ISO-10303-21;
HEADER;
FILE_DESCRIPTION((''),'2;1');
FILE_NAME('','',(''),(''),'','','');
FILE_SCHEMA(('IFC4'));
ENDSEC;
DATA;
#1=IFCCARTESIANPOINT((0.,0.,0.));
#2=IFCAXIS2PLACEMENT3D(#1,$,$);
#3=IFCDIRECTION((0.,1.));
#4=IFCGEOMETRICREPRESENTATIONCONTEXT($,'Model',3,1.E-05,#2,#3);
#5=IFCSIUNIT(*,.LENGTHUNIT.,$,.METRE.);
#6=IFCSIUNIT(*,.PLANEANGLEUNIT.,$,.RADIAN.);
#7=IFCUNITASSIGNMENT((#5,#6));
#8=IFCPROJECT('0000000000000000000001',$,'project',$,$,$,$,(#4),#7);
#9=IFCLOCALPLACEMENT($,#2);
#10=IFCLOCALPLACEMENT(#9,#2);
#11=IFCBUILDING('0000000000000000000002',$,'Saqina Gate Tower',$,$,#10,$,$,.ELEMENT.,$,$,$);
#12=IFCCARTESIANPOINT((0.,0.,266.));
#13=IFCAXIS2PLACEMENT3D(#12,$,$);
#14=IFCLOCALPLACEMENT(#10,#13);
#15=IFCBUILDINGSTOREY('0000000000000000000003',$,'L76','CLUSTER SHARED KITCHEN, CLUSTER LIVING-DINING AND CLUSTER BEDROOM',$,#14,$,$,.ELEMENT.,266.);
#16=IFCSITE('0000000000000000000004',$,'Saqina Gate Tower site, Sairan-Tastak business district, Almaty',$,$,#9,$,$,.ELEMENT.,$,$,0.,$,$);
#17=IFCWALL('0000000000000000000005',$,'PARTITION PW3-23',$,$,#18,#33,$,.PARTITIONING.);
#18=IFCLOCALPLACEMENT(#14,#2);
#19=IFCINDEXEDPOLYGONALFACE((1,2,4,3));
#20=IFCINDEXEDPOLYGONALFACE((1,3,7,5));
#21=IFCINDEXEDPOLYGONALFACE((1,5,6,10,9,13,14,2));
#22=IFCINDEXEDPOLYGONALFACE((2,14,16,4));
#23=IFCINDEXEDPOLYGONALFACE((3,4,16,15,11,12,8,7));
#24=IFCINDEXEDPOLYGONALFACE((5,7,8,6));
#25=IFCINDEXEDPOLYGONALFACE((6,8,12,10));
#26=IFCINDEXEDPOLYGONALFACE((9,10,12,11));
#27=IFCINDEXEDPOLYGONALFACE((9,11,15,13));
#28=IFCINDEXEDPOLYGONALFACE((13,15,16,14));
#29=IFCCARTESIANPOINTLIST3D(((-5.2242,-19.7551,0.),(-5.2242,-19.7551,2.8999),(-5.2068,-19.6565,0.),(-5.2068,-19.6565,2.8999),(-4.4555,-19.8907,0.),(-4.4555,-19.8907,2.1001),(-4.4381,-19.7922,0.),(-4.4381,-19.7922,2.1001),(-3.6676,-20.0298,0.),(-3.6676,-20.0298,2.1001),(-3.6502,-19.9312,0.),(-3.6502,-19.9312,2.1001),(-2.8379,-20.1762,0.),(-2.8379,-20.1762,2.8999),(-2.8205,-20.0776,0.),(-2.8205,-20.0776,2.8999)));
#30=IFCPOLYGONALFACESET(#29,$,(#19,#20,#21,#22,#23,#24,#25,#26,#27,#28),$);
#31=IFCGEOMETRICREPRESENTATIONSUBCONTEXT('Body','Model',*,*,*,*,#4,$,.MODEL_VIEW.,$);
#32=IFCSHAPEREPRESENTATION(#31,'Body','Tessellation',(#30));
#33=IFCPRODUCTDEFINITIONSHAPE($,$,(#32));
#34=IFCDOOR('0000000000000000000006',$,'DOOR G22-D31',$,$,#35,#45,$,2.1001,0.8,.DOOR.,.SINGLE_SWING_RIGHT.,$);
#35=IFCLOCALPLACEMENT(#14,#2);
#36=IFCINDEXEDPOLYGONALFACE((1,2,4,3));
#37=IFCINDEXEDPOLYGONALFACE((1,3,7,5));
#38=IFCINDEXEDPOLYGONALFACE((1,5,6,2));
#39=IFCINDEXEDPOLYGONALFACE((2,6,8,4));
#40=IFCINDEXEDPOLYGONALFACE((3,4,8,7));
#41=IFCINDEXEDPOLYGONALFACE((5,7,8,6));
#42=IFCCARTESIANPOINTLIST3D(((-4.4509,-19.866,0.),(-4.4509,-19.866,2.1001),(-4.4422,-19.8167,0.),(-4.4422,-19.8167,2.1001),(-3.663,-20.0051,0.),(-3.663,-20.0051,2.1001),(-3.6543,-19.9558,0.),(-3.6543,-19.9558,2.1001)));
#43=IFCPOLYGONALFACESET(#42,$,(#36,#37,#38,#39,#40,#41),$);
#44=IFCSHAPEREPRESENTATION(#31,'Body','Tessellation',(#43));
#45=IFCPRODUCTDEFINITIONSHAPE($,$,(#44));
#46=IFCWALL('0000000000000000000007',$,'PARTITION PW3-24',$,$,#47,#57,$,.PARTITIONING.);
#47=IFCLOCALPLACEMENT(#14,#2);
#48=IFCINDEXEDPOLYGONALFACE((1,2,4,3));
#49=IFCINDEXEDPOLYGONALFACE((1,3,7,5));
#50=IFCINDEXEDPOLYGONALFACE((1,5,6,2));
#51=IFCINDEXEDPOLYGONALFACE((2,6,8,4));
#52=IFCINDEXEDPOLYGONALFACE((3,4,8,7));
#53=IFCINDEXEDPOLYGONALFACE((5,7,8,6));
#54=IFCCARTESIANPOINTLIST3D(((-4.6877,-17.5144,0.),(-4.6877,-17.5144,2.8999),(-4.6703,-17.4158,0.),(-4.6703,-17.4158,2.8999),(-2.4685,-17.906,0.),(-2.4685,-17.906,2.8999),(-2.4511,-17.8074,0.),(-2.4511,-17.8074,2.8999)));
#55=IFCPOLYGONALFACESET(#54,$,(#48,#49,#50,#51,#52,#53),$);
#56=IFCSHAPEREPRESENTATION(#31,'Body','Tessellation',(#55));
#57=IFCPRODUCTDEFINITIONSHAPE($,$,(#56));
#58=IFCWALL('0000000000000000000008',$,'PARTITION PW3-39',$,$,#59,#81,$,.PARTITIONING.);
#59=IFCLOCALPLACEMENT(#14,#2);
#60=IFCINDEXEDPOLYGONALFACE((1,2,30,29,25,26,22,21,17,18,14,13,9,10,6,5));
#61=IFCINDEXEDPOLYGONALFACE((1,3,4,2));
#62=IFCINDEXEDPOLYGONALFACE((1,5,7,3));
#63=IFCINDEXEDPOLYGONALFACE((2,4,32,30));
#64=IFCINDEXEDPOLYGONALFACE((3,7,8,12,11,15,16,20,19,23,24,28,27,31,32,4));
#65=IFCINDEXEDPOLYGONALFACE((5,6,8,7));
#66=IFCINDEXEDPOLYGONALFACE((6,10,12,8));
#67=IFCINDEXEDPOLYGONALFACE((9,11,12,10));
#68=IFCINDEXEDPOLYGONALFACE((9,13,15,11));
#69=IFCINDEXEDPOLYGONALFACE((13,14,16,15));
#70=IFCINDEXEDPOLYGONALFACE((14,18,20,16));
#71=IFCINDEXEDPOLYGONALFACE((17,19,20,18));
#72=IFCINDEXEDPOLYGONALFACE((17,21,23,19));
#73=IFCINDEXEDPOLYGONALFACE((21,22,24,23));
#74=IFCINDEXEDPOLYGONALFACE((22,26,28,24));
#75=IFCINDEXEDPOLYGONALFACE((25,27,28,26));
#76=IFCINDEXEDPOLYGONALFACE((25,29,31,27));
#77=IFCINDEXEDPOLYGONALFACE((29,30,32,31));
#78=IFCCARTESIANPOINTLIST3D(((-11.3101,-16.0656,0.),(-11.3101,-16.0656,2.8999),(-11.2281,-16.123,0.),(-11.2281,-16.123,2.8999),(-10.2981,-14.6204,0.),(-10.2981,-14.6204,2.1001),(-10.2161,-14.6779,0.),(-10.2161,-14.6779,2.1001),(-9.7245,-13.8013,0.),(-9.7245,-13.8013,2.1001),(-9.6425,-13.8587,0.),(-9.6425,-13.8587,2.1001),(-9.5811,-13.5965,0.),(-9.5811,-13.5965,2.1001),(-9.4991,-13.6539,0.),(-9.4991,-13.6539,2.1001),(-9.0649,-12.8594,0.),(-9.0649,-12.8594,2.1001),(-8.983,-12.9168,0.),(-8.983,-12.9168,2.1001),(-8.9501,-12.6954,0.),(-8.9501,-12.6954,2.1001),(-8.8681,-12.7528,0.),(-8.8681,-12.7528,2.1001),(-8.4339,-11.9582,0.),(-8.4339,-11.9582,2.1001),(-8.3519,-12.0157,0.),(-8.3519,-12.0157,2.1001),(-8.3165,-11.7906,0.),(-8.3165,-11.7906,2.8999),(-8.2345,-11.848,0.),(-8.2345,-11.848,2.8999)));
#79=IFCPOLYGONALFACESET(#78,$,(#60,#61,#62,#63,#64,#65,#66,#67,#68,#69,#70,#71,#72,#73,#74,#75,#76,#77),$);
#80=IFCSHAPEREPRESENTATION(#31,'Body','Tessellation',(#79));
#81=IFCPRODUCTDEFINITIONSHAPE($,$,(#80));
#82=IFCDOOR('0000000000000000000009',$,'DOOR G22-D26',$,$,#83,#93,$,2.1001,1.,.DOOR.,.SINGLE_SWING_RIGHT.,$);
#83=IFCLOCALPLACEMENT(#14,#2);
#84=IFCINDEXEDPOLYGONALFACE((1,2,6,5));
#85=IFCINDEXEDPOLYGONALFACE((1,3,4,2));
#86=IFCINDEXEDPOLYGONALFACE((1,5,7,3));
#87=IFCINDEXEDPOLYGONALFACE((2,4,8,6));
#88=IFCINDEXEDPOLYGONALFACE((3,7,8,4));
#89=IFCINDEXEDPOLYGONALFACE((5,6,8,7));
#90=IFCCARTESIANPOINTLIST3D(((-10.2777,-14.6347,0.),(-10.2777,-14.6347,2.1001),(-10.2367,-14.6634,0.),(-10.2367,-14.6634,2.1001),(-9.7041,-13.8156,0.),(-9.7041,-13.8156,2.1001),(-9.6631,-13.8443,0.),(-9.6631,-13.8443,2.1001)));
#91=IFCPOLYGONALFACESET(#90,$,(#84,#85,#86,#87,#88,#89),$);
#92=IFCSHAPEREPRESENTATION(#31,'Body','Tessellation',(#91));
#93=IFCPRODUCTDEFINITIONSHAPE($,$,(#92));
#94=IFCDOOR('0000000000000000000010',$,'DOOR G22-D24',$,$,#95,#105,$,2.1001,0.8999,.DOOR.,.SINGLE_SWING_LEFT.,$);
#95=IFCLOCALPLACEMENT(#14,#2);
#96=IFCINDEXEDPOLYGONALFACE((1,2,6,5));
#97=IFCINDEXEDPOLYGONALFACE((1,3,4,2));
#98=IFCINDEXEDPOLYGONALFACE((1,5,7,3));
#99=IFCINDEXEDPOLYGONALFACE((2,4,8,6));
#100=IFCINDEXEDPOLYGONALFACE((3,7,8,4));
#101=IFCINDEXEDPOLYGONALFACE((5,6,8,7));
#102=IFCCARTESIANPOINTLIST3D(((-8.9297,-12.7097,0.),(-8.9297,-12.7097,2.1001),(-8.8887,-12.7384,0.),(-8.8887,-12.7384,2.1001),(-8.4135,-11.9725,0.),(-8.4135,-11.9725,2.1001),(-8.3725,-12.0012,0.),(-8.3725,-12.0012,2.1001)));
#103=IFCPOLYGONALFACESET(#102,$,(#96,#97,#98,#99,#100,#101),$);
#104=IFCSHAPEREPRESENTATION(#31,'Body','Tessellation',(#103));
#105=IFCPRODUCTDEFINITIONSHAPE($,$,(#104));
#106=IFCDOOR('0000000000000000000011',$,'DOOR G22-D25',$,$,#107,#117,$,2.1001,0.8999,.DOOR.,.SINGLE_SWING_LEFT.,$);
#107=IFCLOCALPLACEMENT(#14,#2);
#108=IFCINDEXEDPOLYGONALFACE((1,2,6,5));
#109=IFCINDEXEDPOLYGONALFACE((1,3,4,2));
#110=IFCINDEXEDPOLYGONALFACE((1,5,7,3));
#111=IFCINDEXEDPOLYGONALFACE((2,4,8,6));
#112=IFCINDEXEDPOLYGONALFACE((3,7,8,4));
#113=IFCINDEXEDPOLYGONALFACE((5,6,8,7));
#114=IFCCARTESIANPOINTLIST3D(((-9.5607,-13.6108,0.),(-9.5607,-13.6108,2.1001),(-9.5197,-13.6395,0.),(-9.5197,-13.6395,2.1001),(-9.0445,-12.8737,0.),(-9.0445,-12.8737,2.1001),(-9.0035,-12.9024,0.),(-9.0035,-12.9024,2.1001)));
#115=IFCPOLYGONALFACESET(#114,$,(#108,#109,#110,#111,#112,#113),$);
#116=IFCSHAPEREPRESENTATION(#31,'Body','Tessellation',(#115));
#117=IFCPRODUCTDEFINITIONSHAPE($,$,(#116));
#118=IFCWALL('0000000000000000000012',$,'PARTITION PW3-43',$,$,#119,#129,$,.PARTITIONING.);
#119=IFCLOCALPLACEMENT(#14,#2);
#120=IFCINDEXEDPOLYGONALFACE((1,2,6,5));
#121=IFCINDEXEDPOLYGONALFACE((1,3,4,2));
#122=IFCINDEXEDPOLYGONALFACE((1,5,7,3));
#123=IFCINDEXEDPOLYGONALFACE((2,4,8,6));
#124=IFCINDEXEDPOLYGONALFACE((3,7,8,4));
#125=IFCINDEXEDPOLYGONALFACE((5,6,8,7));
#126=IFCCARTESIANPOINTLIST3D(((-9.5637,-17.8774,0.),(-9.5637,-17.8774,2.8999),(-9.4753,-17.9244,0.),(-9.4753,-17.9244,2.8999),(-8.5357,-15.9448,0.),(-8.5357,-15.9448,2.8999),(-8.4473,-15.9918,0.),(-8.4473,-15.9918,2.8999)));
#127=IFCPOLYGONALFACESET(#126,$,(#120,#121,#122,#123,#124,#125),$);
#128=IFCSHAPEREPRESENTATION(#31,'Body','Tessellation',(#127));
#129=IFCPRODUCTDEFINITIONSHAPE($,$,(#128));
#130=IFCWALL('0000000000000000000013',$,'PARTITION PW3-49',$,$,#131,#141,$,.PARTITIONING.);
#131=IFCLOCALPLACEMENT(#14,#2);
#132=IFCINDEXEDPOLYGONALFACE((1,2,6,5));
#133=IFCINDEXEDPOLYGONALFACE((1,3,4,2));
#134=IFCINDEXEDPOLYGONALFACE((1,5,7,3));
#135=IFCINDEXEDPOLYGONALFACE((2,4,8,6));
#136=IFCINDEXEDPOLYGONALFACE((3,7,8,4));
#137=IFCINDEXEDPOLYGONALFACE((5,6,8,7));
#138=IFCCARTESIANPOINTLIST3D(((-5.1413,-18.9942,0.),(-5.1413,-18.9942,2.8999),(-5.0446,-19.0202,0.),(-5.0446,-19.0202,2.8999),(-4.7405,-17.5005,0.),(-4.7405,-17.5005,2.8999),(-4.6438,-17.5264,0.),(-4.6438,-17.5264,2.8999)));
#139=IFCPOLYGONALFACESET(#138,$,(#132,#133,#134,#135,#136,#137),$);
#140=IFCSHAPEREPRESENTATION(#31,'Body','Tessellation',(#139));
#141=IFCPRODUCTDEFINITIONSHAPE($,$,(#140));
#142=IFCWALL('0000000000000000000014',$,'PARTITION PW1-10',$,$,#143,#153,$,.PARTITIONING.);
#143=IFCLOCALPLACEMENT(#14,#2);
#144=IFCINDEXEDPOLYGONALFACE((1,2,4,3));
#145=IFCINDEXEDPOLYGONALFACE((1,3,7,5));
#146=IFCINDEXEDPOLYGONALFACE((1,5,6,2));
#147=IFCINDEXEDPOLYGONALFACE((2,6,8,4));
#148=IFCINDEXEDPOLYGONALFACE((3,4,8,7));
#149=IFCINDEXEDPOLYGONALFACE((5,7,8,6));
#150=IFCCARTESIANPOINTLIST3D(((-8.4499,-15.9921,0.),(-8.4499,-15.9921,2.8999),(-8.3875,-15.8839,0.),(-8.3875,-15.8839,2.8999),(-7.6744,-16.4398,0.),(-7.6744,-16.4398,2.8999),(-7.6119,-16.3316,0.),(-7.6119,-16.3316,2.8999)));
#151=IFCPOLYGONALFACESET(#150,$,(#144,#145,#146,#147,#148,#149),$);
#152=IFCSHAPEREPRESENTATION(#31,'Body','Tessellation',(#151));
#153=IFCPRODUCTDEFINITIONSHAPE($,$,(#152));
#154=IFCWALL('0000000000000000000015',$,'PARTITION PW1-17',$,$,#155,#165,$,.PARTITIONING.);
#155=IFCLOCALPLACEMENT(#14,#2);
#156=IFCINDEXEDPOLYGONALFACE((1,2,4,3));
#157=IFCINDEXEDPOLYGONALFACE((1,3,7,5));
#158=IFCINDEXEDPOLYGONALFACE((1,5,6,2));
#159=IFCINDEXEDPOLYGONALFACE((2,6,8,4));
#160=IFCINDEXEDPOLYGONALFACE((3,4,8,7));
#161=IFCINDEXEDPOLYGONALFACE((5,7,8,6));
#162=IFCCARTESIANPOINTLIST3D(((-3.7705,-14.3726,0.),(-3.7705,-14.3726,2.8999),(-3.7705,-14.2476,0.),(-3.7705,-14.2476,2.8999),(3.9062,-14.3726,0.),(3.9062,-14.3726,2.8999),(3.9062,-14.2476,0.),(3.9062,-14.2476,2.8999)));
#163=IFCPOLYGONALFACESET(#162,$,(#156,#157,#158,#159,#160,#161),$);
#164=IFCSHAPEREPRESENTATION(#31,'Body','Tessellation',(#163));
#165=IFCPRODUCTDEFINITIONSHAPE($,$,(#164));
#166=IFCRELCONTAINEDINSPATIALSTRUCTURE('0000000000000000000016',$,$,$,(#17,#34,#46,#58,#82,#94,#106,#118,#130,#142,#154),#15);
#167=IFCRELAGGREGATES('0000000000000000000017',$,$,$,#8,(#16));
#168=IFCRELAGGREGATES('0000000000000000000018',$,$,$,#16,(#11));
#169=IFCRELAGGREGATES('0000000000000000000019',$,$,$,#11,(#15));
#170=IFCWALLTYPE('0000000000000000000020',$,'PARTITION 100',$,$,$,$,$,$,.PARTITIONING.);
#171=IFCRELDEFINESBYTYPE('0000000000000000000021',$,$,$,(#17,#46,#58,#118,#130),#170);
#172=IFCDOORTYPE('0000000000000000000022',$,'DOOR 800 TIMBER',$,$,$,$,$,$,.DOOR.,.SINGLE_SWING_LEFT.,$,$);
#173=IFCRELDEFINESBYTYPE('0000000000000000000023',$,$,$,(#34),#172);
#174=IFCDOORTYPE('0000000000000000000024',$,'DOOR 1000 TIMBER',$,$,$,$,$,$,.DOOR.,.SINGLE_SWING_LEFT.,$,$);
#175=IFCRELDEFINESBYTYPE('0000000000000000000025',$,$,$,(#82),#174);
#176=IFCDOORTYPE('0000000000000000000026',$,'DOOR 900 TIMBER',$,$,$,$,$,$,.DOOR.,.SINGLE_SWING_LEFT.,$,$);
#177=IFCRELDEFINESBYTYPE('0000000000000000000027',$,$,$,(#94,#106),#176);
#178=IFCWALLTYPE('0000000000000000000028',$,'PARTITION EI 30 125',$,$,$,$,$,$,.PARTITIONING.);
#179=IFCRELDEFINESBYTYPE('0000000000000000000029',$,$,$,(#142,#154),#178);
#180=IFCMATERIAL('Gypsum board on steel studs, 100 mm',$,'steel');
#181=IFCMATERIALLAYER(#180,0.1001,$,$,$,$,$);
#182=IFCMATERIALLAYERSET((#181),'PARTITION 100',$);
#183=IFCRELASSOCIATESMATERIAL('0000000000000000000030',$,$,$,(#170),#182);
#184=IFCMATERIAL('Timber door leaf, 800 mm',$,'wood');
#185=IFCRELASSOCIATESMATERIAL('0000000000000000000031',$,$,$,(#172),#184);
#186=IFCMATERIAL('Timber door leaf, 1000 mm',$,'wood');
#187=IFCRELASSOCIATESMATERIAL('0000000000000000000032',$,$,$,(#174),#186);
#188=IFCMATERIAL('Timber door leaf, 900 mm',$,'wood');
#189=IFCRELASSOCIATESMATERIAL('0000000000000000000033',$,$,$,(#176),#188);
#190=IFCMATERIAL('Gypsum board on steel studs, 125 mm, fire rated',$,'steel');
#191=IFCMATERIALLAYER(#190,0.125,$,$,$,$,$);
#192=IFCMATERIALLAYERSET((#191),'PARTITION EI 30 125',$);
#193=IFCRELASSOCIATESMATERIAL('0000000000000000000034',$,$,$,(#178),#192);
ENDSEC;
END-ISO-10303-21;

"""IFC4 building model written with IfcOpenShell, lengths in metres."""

from ifc_helpers import new_model, si_unit, direction, frame, frame_2d, origin, place, context, subcontext, project, spatial, rectangle, extrude, material, layer, layer_set, type_object, element, fill, save


model = new_model("IFC4")

# Units and contexts
model_context = context("Model", 3, precision=1e-05, world=origin(), true_north=direction((0.0, 1.0)))
body_context = subcontext(model_context, "Body", "Model", "MODEL_VIEW")
ifc_project = project(units=[si_unit("LENGTHUNIT", "METRE"), si_unit("PLANEANGLEUNIT", "RADIAN")], contexts=[model_context])

# Site, building, storey
site_placement = place(None, origin())
site = spatial("IfcSite", under=ifc_project, at=site_placement, Name="Saqina Gate Tower site, Sairan-Tastak business district, Almaty", CompositionType="ELEMENT", RefElevation=0.0)
building_placement = place(site_placement, origin())
building = spatial("IfcBuilding", under=site, at=building_placement, Name="Saqina Gate Tower", CompositionType="ELEMENT")
storey_placement = place(building_placement, frame((0.0, 0.0, 266.0)))
storey = spatial("IfcBuildingStorey", under=building, at=storey_placement, Name="L76", Description="CLUSTER SHARED KITCHEN, CLUSTER LIVING-DINING AND CLUSTER BEDROOM", CompositionType="ELEMENT", Elevation=266.0)

# Shared definitions
ifc_material_1 = material(Name="Gypsum board on steel studs, 100 mm", Category="steel")
ifc_layer_1 = layer(ifc_material_1, 0.1001)
ifc_layer_set_1 = layer_set([ifc_layer_1], Name="PARTITION 100")
wall_type_1 = type_object("IfcWallType", Name="PARTITION 100", PredefinedType="PARTITIONING", material=ifc_layer_set_1)

# Wall, opening, door
wall_1_placement = place(storey_placement, frame((-5.2153, -19.7058, 0.0), z_axis=(0.0, 0.0, 1.0), x_axis=(0.984781, -0.173803, 0.0)))
wall_1 = element("IfcWall", 1, at=wall_1_placement, inside=storey, type_object=wall_type_1, Name="PARTITION PW3-23", PredefinedType="PARTITIONING", context=body_context, shape_type="SweptSolid", body=[
    extrude(rectangle(XDim=2.4231, YDim=0.1001, at=frame_2d((1.2114, 0.0))), origin(), (0.0, 0.0, 1.0), 2.8999),
])
opening_1_placement = place(wall_1_placement, frame((0.7805, 0.0, 0.0)))
opening_1 = element("IfcOpeningElement", 2, at=opening_1_placement, cuts=wall_1, PredefinedType="OPENING", context=body_context, shape_type="SweptSolid", body=[
    extrude(rectangle(XDim=0.8, YDim=2.1001, at=frame_2d((0.3999, 1.05))), frame((0.0, 0.062, 0.0), z_axis=(0.0, -1.0, 0.0), x_axis=(1.0, 0.0, 0.0)), (0.0, 0.0, 1.0), 0.124),
])
ifc_material_2 = material(Name="Timber door leaf, 800 mm", Category="wood")
door_type_1 = type_object("IfcDoorType", Name="DOOR 800 TIMBER", OperationType="SINGLE_SWING_LEFT", PredefinedType="DOOR", material=ifc_material_2)
door_1_placement = place(opening_1_placement, frame((0.8, 0.0, 0.0), z_axis=(0.0, 0.0, 1.0), x_axis=(-1.0, 0.0, 0.0)))
door_1 = element("IfcDoor", 3, at=door_1_placement, inside=storey, type_object=door_type_1, Name="DOOR G22-D31", OperationType="SINGLE_SWING_RIGHT", OverallHeight=2.1001, OverallWidth=0.8, PredefinedType="DOOR", context=body_context, shape_type="SweptSolid", body=[
    extrude(rectangle(XDim=0.8, YDim=2.1001, at=frame_2d((0.3999, 1.05))), frame((0.0, 0.0249, 0.0), z_axis=(0.0, -1.0, 0.0), x_axis=(1.0, 0.0, 0.0)), (0.0, 0.0, 1.0), 0.05),
])
fill(opening_1, door_1)

# Wall
wall_2_placement = place(storey_placement, frame((-4.679, -17.4651, 0.0), z_axis=(0.0, 0.0, 1.0), x_axis=(0.984786, -0.173773, 0.0)))
element("IfcWall", 4, at=wall_2_placement, inside=storey, type_object=wall_type_1, Name="PARTITION PW3-24", PredefinedType="PARTITIONING", context=body_context, shape_type="SweptSolid", body=[
    extrude(rectangle(XDim=2.2534, YDim=0.1001, at=frame_2d((1.1267, 0.0))), origin(), (0.0, 0.0, 1.0), 2.8999),
])

# Wall, openings, doors
wall_3_placement = place(storey_placement, frame((-11.269, -16.0942, 0.0), z_axis=(0.0, 0.0, 1.0), x_axis=(0.573597, 0.819137, 0.0)))
wall_3 = element("IfcWall", 5, at=wall_3_placement, inside=storey, type_object=wall_type_1, Name="PARTITION PW3-39", PredefinedType="PARTITIONING", context=body_context, shape_type="SweptSolid", body=[
    extrude(rectangle(XDim=5.219, YDim=0.1001, at=frame_2d((2.6094, 0.0))), origin(), (0.0, 0.0, 1.0), 2.8999),
])
opening_2_placement = place(wall_3_placement, frame((4.1143, 0.0, 0.0)))
opening_2 = element("IfcOpeningElement", 6, at=opening_2_placement, cuts=wall_3, PredefinedType="OPENING", context=body_context, shape_type="SweptSolid", body=[
    extrude(rectangle(XDim=0.8999, YDim=2.1001, at=frame_2d((0.45, 1.05))), frame((0.0, 0.062, 0.0), z_axis=(0.0, -1.0, 0.0), x_axis=(1.0, 0.0, 0.0)), (0.0, 0.0, 1.0), 0.124),
])
opening_3_placement = place(wall_3_placement, frame((3.0142, 0.0, 0.0)))
opening_3 = element("IfcOpeningElement", 7, at=opening_3_placement, cuts=wall_3, PredefinedType="OPENING", context=body_context, shape_type="SweptSolid", body=[
    extrude(rectangle(XDim=0.8999, YDim=2.1001, at=frame_2d((0.45, 1.05))), frame((0.0, 0.062, 0.0), z_axis=(0.0, -1.0, 0.0), x_axis=(1.0, 0.0, 0.0)), (0.0, 0.0, 1.0), 0.124),
])
opening_4_placement = place(wall_3_placement, frame((1.7642, 0.0, 0.0)))
opening_4 = element("IfcOpeningElement", 8, at=opening_4_placement, cuts=wall_3, PredefinedType="OPENING", context=body_context, shape_type="SweptSolid", body=[
    extrude(rectangle(XDim=1.0, YDim=2.1001, at=frame_2d((0.5, 1.05))), frame((0.0, 0.062, 0.0), z_axis=(0.0, -1.0, 0.0), x_axis=(1.0, 0.0, 0.0)), (0.0, 0.0, 1.0), 0.124),
])
ifc_material_3 = material(Name="Timber door leaf, 1000 mm", Category="wood")
door_type_2 = type_object("IfcDoorType", Name="DOOR 1000 TIMBER", OperationType="SINGLE_SWING_LEFT", PredefinedType="DOOR", material=ifc_material_3)
door_2_placement = place(opening_4_placement, frame((1.0, 0.0, 0.0), z_axis=(0.0, 0.0, 1.0), x_axis=(-1.0, 0.0, 0.0)))
door_2 = element("IfcDoor", 9, at=door_2_placement, inside=storey, type_object=door_type_2, Name="DOOR G22-D26", OperationType="SINGLE_SWING_RIGHT", OverallHeight=2.1001, OverallWidth=1.0, PredefinedType="DOOR", context=body_context, shape_type="SweptSolid", body=[
    extrude(rectangle(XDim=1.0, YDim=2.1001, at=frame_2d((0.5, 1.05))), frame((0.0, 0.0249, 0.0), z_axis=(0.0, -1.0, 0.0), x_axis=(1.0, 0.0, 0.0)), (0.0, 0.0, 1.0), 0.05),
])
fill(opening_4, door_2)
ifc_material_4 = material(Name="Timber door leaf, 900 mm", Category="wood")
door_type_3 = type_object("IfcDoorType", Name="DOOR 900 TIMBER", OperationType="SINGLE_SWING_LEFT", PredefinedType="DOOR", material=ifc_material_4)
door_3_placement = place(opening_2_placement, frame((0.8999, 0.0, 0.0), z_axis=(0.0, 0.0, 1.0), x_axis=(-1.0, 0.0, 0.0)))
door_3 = element("IfcDoor", 10, at=door_3_placement, inside=storey, type_object=door_type_3, Name="DOOR G22-D24", OperationType="SINGLE_SWING_LEFT", OverallHeight=2.1001, OverallWidth=0.8999, PredefinedType="DOOR", context=body_context, shape_type="SweptSolid", body=[
    extrude(rectangle(XDim=0.8999, YDim=2.1001, at=frame_2d((0.45, 1.05))), frame((0.0, 0.0249, 0.0), z_axis=(0.0, -1.0, 0.0), x_axis=(1.0, 0.0, 0.0)), (0.0, 0.0, 1.0), 0.05),
])
fill(opening_2, door_3)
door_4_placement = place(opening_3_placement, frame((0.8999, 0.0, 0.0), z_axis=(0.0, 0.0, 1.0), x_axis=(-1.0, 0.0, 0.0)))
door_4 = element("IfcDoor", 11, at=door_4_placement, inside=storey, type_object=door_type_3, Name="DOOR G22-D25", OperationType="SINGLE_SWING_LEFT", OverallHeight=2.1001, OverallWidth=0.8999, PredefinedType="DOOR", context=body_context, shape_type="SweptSolid", body=[
    extrude(rectangle(XDim=0.8999, YDim=2.1001, at=frame_2d((0.45, 1.05))), frame((0.0, 0.0249, 0.0), z_axis=(0.0, -1.0, 0.0), x_axis=(1.0, 0.0, 0.0)), (0.0, 0.0, 1.0), 0.05),
])
fill(opening_3, door_4)

# Walls
wall_4_placement = place(storey_placement, frame((-9.5195, -17.9009, 0.0), z_axis=(0.0, 0.0, 1.0), x_axis=(0.469644, 0.882856, 0.0)))
element("IfcWall", 12, at=wall_4_placement, inside=storey, type_object=wall_type_1, Name="PARTITION PW3-43", PredefinedType="PARTITIONING", context=body_context, shape_type="SweptSolid", body=[
    extrude(rectangle(XDim=2.189, YDim=0.1001, at=frame_2d((1.0945, 0.0))), origin(), (0.0, 0.0, 1.0), 2.8999),
])
wall_5_placement = place(storey_placement, frame((-5.093, -19.0073, 0.0), z_axis=(0.0, 0.0, 1.0), x_axis=(0.259175, 0.96583, 0.0)))
element("IfcWall", 13, at=wall_5_placement, inside=storey, type_object=wall_type_1, Name="PARTITION PW3-49", PredefinedType="PARTITIONING", context=body_context, shape_type="SweptSolid", body=[
    extrude(rectangle(XDim=1.5466, YDim=0.1001, at=frame_2d((0.7734, 0.0))), origin(), (0.0, 0.0, 1.0), 2.8999),
])
ifc_material_5 = material(Name="Gypsum board on steel studs, 125 mm, fire rated", Category="steel")
ifc_layer_2 = layer(ifc_material_5, 0.125)
ifc_layer_set_2 = layer_set([ifc_layer_2], Name="PARTITION EI 30 125")
wall_type_2 = type_object("IfcWallType", Name="PARTITION EI 30 125", PredefinedType="PARTITIONING", material=ifc_layer_set_2)
wall_6_placement = place(storey_placement, frame((-8.4187, -15.938, 0.0), z_axis=(0.0, 0.0, 1.0), x_axis=(0.866054, -0.499951, 0.0)))
element("IfcWall", 14, at=wall_6_placement, inside=storey, type_object=wall_type_2, Name="PARTITION PW1-10", PredefinedType="PARTITIONING", context=body_context, shape_type="SweptSolid", body=[
    extrude(rectangle(XDim=0.8955, YDim=0.125, at=frame_2d((0.4478, 0.0))), origin(), (0.0, 0.0, 1.0), 2.8999),
])
wall_7_placement = place(storey_placement, frame((-3.7705, -14.3101, 0.0), z_axis=(0.0, 0.0, 1.0), x_axis=(1.0, 0.0, 0.0)))
element("IfcWall", 15, at=wall_7_placement, inside=storey, type_object=wall_type_2, Name="PARTITION PW1-17", PredefinedType="PARTITIONING", context=body_context, shape_type="SweptSolid", body=[
    extrude(rectangle(XDim=7.6768, YDim=0.125, at=frame_2d((3.8384, 0.0))), origin(), (0.0, 0.0, 1.0), 2.8999),
])

save(model, "model.ifc")
